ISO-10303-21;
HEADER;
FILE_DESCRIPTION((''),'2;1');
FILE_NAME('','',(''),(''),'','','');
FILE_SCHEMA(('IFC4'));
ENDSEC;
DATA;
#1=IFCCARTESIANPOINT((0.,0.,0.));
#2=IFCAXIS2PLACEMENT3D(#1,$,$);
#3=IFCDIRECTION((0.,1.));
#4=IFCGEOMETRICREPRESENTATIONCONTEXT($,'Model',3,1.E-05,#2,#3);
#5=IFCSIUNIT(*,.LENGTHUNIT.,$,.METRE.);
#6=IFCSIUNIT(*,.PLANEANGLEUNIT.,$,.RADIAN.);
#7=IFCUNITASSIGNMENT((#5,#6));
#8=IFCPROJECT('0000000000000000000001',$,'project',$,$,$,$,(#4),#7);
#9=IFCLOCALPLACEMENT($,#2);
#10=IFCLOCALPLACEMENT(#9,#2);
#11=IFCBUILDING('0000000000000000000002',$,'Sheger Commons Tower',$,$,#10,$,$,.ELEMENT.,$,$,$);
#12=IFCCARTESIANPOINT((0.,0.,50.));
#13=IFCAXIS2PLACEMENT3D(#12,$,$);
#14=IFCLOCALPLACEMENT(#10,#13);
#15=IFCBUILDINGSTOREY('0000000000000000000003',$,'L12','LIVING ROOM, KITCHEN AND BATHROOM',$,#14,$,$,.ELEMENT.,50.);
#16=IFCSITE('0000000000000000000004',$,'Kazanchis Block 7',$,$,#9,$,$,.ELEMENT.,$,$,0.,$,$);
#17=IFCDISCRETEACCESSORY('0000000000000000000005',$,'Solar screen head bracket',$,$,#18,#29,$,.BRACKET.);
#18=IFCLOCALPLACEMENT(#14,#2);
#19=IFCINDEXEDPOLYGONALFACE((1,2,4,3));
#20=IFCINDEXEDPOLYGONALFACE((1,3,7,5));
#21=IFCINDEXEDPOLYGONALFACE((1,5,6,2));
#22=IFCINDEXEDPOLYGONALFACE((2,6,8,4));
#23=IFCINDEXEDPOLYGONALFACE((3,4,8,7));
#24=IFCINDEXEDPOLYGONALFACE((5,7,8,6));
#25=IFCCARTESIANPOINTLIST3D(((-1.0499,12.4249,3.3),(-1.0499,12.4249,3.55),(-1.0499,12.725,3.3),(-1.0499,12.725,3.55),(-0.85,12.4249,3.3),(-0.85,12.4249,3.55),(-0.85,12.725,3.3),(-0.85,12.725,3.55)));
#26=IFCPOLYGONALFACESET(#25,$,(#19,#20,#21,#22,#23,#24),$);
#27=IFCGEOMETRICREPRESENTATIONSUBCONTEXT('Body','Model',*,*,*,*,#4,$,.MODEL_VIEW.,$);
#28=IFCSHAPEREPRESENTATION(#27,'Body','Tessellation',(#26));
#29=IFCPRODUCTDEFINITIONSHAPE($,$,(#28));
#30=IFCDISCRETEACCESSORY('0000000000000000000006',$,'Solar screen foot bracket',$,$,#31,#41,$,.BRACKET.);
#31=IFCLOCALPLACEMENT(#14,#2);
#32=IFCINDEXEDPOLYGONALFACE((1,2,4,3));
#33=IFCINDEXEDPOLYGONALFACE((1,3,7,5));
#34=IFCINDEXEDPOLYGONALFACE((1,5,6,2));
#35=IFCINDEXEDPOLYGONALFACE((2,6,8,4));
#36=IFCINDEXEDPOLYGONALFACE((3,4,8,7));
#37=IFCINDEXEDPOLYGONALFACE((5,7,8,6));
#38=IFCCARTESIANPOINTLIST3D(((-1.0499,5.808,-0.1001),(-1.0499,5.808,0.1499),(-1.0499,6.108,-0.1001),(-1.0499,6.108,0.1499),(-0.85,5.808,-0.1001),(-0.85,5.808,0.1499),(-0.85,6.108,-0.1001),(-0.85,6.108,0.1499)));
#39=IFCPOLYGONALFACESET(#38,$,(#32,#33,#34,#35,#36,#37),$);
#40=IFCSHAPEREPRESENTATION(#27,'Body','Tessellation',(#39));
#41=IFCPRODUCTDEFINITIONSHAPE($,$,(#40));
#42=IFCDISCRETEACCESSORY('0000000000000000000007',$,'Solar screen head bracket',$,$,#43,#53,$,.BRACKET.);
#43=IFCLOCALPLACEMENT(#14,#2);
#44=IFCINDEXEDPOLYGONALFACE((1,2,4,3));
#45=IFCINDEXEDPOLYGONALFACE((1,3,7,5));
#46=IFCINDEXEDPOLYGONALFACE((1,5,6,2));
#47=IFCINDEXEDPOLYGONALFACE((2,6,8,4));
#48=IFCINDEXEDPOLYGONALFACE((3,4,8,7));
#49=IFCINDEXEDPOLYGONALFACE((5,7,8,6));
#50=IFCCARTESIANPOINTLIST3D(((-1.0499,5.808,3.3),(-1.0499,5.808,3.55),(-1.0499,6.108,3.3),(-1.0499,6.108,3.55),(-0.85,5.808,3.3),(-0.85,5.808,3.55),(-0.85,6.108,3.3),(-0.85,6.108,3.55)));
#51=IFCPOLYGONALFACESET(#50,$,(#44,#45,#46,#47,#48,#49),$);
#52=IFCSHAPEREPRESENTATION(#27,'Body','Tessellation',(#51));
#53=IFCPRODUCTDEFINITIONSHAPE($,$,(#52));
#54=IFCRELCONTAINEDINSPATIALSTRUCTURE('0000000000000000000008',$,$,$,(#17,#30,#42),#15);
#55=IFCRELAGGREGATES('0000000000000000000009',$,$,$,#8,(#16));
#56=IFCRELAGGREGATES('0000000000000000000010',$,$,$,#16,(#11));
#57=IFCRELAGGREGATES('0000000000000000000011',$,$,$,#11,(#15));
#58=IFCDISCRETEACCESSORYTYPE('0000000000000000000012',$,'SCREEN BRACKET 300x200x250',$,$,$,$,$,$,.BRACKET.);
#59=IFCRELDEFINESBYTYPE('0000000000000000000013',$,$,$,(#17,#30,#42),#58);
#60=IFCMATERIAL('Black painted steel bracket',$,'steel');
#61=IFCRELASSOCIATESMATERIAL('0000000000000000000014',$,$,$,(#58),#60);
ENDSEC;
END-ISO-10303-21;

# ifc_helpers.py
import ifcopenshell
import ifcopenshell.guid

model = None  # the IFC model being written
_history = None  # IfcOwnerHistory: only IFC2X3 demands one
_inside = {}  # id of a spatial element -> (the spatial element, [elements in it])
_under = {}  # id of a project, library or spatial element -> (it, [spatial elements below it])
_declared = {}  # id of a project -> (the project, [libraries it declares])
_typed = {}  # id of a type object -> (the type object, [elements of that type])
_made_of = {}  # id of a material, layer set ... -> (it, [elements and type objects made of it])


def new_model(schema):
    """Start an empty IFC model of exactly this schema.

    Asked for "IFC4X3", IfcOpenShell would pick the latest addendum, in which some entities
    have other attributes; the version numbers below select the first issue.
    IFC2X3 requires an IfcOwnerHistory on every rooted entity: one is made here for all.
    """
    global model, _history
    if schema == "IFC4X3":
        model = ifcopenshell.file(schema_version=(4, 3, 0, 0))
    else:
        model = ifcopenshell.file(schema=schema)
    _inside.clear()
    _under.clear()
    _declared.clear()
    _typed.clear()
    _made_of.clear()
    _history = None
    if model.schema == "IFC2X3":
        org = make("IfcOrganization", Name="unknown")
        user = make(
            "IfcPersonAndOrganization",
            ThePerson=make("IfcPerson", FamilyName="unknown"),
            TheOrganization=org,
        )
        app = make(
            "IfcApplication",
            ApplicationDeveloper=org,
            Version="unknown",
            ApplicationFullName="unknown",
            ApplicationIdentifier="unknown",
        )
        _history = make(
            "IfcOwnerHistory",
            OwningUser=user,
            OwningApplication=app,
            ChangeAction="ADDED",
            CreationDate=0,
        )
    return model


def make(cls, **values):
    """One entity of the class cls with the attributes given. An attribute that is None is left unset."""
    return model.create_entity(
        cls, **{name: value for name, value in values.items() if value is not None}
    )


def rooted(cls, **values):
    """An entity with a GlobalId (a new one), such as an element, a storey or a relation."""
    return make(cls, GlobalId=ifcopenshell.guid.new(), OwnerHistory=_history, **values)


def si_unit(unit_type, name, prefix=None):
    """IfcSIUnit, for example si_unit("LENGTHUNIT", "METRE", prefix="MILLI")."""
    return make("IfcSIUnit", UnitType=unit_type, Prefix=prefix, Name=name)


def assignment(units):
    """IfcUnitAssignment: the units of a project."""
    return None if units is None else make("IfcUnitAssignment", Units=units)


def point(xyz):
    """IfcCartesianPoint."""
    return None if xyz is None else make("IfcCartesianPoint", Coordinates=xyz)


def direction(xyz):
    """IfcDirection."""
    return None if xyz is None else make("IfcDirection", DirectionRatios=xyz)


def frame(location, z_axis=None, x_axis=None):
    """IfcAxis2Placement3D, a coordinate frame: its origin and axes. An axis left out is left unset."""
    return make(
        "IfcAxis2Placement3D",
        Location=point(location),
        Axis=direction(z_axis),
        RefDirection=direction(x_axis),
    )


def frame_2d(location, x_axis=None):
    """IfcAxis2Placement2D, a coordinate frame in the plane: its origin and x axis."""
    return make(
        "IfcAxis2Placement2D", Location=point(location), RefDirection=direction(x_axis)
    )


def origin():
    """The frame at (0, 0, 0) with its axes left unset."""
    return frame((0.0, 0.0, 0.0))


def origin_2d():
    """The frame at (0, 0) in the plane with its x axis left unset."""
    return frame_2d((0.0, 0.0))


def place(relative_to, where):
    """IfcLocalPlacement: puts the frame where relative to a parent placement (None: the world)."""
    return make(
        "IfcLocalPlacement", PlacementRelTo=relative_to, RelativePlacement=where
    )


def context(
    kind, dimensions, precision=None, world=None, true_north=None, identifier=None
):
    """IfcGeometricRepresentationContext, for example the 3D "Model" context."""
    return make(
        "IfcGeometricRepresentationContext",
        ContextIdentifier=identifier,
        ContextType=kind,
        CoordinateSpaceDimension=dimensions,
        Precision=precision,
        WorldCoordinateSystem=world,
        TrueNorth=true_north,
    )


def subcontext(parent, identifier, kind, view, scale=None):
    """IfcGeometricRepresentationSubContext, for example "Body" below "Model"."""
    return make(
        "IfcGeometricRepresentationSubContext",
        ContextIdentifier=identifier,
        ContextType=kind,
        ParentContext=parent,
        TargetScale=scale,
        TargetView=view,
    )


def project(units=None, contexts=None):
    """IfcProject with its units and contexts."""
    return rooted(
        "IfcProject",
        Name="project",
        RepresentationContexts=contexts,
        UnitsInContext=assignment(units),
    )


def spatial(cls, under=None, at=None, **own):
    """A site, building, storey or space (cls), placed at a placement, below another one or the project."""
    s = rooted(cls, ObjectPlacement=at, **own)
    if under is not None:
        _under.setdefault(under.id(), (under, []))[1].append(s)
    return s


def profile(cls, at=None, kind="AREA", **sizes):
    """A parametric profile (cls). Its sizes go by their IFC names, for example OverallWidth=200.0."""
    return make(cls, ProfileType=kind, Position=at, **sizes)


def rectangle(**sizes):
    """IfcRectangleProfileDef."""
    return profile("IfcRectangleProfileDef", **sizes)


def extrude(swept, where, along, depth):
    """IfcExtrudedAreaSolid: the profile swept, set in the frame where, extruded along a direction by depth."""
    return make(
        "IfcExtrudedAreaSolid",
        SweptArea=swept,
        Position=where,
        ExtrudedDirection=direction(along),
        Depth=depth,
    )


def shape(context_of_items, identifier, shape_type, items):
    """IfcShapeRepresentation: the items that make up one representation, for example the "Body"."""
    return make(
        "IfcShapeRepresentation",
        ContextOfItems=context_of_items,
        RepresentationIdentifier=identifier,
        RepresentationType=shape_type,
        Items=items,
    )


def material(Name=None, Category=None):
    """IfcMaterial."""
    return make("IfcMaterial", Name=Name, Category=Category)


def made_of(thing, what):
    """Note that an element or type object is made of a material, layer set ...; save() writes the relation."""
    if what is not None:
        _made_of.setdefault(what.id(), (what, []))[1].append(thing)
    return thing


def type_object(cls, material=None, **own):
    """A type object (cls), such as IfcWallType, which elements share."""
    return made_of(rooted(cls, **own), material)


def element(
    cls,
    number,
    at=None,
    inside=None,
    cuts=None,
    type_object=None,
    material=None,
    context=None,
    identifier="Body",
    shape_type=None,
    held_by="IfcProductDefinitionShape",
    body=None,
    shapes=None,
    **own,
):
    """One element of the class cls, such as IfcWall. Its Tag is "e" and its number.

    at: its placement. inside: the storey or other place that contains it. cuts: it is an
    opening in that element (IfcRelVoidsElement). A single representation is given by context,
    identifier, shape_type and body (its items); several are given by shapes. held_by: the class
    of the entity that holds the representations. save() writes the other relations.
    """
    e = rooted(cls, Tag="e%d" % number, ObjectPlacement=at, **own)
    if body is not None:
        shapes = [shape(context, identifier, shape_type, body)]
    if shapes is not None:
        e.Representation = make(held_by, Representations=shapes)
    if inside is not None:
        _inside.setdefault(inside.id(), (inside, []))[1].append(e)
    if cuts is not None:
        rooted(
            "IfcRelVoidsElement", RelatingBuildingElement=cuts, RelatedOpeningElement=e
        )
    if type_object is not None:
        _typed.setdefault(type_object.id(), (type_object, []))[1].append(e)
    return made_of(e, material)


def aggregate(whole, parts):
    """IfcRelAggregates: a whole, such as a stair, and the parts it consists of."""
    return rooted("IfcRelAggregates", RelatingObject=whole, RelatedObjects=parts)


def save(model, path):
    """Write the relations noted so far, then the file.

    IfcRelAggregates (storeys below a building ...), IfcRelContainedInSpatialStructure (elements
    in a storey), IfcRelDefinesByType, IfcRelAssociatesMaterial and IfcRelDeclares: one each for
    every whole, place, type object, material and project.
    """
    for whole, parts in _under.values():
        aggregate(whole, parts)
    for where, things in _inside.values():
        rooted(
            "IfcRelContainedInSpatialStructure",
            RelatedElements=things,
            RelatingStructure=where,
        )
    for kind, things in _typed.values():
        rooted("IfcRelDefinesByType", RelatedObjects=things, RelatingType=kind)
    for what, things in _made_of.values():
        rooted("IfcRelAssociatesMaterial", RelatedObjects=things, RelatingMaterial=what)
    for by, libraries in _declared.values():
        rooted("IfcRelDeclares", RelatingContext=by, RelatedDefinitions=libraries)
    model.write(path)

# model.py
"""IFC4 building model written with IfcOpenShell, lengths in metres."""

from ifc_helpers import new_model, si_unit, direction, frame, origin, origin_2d, place, context, subcontext, project, spatial, rectangle, extrude, material, type_object, element, save


model = new_model("IFC4")

# Units and contexts
model_context = context("Model", 3, precision=1e-05, world=origin(), true_north=direction((0.0, 1.0)))
body_context = subcontext(model_context, "Body", "Model", "MODEL_VIEW")
ifc_project = project(units=[si_unit("LENGTHUNIT", "METRE"), si_unit("PLANEANGLEUNIT", "RADIAN")], contexts=[model_context])

# Site, building, storey
site_placement = place(None, origin())
site = spatial("IfcSite", under=ifc_project, at=site_placement, Name="Kazanchis Block 7", CompositionType="ELEMENT", RefElevation=0.0)
building_placement = place(site_placement, origin())
building = spatial("IfcBuilding", under=site, at=building_placement, Name="Sheger Commons Tower", CompositionType="ELEMENT")
storey_placement = place(building_placement, frame((0.0, 0.0, 50.0)))
storey = spatial("IfcBuildingStorey", under=building, at=storey_placement, Name="L12", Description="LIVING ROOM, KITCHEN AND BATHROOM", CompositionType="ELEMENT", Elevation=50.0)

# Discrete accessories
ifc_material_1 = material(Name="Black painted steel bracket", Category="steel")
discrete_accessory_type = type_object("IfcDiscreteAccessoryType", Name="SCREEN BRACKET 300x200x250", PredefinedType="BRACKET", material=ifc_material_1)
for number, where, z_axis, x_axis, name in (
    (1, (-0.95, 12.575, 3.3), (0.0, 0.0, 1.0), (0.0, -1.0, 0.0), "Solar screen head bracket"),
    (2, (-0.95, 5.958, -0.1001), (0.0, 0.0, 1.0), (0.0, -1.0, 0.0), "Solar screen foot bracket"),
    (3, (-0.95, 5.958, 3.3), (0.0, 0.0, 1.0), (0.0, -1.0, 0.0), "Solar screen head bracket"),
):
    element("IfcDiscreteAccessory", number, at=place(storey_placement, frame(where, z_axis=z_axis, x_axis=x_axis)), inside=storey, type_object=discrete_accessory_type, Name=name, PredefinedType="BRACKET", context=body_context, shape_type="SweptSolid", body=[
        extrude(rectangle(XDim=0.3, YDim=0.2, at=origin_2d()), origin(), (0.0, 0.0, 1.0), 0.25),
    ])

save(model, "model.ifc")
